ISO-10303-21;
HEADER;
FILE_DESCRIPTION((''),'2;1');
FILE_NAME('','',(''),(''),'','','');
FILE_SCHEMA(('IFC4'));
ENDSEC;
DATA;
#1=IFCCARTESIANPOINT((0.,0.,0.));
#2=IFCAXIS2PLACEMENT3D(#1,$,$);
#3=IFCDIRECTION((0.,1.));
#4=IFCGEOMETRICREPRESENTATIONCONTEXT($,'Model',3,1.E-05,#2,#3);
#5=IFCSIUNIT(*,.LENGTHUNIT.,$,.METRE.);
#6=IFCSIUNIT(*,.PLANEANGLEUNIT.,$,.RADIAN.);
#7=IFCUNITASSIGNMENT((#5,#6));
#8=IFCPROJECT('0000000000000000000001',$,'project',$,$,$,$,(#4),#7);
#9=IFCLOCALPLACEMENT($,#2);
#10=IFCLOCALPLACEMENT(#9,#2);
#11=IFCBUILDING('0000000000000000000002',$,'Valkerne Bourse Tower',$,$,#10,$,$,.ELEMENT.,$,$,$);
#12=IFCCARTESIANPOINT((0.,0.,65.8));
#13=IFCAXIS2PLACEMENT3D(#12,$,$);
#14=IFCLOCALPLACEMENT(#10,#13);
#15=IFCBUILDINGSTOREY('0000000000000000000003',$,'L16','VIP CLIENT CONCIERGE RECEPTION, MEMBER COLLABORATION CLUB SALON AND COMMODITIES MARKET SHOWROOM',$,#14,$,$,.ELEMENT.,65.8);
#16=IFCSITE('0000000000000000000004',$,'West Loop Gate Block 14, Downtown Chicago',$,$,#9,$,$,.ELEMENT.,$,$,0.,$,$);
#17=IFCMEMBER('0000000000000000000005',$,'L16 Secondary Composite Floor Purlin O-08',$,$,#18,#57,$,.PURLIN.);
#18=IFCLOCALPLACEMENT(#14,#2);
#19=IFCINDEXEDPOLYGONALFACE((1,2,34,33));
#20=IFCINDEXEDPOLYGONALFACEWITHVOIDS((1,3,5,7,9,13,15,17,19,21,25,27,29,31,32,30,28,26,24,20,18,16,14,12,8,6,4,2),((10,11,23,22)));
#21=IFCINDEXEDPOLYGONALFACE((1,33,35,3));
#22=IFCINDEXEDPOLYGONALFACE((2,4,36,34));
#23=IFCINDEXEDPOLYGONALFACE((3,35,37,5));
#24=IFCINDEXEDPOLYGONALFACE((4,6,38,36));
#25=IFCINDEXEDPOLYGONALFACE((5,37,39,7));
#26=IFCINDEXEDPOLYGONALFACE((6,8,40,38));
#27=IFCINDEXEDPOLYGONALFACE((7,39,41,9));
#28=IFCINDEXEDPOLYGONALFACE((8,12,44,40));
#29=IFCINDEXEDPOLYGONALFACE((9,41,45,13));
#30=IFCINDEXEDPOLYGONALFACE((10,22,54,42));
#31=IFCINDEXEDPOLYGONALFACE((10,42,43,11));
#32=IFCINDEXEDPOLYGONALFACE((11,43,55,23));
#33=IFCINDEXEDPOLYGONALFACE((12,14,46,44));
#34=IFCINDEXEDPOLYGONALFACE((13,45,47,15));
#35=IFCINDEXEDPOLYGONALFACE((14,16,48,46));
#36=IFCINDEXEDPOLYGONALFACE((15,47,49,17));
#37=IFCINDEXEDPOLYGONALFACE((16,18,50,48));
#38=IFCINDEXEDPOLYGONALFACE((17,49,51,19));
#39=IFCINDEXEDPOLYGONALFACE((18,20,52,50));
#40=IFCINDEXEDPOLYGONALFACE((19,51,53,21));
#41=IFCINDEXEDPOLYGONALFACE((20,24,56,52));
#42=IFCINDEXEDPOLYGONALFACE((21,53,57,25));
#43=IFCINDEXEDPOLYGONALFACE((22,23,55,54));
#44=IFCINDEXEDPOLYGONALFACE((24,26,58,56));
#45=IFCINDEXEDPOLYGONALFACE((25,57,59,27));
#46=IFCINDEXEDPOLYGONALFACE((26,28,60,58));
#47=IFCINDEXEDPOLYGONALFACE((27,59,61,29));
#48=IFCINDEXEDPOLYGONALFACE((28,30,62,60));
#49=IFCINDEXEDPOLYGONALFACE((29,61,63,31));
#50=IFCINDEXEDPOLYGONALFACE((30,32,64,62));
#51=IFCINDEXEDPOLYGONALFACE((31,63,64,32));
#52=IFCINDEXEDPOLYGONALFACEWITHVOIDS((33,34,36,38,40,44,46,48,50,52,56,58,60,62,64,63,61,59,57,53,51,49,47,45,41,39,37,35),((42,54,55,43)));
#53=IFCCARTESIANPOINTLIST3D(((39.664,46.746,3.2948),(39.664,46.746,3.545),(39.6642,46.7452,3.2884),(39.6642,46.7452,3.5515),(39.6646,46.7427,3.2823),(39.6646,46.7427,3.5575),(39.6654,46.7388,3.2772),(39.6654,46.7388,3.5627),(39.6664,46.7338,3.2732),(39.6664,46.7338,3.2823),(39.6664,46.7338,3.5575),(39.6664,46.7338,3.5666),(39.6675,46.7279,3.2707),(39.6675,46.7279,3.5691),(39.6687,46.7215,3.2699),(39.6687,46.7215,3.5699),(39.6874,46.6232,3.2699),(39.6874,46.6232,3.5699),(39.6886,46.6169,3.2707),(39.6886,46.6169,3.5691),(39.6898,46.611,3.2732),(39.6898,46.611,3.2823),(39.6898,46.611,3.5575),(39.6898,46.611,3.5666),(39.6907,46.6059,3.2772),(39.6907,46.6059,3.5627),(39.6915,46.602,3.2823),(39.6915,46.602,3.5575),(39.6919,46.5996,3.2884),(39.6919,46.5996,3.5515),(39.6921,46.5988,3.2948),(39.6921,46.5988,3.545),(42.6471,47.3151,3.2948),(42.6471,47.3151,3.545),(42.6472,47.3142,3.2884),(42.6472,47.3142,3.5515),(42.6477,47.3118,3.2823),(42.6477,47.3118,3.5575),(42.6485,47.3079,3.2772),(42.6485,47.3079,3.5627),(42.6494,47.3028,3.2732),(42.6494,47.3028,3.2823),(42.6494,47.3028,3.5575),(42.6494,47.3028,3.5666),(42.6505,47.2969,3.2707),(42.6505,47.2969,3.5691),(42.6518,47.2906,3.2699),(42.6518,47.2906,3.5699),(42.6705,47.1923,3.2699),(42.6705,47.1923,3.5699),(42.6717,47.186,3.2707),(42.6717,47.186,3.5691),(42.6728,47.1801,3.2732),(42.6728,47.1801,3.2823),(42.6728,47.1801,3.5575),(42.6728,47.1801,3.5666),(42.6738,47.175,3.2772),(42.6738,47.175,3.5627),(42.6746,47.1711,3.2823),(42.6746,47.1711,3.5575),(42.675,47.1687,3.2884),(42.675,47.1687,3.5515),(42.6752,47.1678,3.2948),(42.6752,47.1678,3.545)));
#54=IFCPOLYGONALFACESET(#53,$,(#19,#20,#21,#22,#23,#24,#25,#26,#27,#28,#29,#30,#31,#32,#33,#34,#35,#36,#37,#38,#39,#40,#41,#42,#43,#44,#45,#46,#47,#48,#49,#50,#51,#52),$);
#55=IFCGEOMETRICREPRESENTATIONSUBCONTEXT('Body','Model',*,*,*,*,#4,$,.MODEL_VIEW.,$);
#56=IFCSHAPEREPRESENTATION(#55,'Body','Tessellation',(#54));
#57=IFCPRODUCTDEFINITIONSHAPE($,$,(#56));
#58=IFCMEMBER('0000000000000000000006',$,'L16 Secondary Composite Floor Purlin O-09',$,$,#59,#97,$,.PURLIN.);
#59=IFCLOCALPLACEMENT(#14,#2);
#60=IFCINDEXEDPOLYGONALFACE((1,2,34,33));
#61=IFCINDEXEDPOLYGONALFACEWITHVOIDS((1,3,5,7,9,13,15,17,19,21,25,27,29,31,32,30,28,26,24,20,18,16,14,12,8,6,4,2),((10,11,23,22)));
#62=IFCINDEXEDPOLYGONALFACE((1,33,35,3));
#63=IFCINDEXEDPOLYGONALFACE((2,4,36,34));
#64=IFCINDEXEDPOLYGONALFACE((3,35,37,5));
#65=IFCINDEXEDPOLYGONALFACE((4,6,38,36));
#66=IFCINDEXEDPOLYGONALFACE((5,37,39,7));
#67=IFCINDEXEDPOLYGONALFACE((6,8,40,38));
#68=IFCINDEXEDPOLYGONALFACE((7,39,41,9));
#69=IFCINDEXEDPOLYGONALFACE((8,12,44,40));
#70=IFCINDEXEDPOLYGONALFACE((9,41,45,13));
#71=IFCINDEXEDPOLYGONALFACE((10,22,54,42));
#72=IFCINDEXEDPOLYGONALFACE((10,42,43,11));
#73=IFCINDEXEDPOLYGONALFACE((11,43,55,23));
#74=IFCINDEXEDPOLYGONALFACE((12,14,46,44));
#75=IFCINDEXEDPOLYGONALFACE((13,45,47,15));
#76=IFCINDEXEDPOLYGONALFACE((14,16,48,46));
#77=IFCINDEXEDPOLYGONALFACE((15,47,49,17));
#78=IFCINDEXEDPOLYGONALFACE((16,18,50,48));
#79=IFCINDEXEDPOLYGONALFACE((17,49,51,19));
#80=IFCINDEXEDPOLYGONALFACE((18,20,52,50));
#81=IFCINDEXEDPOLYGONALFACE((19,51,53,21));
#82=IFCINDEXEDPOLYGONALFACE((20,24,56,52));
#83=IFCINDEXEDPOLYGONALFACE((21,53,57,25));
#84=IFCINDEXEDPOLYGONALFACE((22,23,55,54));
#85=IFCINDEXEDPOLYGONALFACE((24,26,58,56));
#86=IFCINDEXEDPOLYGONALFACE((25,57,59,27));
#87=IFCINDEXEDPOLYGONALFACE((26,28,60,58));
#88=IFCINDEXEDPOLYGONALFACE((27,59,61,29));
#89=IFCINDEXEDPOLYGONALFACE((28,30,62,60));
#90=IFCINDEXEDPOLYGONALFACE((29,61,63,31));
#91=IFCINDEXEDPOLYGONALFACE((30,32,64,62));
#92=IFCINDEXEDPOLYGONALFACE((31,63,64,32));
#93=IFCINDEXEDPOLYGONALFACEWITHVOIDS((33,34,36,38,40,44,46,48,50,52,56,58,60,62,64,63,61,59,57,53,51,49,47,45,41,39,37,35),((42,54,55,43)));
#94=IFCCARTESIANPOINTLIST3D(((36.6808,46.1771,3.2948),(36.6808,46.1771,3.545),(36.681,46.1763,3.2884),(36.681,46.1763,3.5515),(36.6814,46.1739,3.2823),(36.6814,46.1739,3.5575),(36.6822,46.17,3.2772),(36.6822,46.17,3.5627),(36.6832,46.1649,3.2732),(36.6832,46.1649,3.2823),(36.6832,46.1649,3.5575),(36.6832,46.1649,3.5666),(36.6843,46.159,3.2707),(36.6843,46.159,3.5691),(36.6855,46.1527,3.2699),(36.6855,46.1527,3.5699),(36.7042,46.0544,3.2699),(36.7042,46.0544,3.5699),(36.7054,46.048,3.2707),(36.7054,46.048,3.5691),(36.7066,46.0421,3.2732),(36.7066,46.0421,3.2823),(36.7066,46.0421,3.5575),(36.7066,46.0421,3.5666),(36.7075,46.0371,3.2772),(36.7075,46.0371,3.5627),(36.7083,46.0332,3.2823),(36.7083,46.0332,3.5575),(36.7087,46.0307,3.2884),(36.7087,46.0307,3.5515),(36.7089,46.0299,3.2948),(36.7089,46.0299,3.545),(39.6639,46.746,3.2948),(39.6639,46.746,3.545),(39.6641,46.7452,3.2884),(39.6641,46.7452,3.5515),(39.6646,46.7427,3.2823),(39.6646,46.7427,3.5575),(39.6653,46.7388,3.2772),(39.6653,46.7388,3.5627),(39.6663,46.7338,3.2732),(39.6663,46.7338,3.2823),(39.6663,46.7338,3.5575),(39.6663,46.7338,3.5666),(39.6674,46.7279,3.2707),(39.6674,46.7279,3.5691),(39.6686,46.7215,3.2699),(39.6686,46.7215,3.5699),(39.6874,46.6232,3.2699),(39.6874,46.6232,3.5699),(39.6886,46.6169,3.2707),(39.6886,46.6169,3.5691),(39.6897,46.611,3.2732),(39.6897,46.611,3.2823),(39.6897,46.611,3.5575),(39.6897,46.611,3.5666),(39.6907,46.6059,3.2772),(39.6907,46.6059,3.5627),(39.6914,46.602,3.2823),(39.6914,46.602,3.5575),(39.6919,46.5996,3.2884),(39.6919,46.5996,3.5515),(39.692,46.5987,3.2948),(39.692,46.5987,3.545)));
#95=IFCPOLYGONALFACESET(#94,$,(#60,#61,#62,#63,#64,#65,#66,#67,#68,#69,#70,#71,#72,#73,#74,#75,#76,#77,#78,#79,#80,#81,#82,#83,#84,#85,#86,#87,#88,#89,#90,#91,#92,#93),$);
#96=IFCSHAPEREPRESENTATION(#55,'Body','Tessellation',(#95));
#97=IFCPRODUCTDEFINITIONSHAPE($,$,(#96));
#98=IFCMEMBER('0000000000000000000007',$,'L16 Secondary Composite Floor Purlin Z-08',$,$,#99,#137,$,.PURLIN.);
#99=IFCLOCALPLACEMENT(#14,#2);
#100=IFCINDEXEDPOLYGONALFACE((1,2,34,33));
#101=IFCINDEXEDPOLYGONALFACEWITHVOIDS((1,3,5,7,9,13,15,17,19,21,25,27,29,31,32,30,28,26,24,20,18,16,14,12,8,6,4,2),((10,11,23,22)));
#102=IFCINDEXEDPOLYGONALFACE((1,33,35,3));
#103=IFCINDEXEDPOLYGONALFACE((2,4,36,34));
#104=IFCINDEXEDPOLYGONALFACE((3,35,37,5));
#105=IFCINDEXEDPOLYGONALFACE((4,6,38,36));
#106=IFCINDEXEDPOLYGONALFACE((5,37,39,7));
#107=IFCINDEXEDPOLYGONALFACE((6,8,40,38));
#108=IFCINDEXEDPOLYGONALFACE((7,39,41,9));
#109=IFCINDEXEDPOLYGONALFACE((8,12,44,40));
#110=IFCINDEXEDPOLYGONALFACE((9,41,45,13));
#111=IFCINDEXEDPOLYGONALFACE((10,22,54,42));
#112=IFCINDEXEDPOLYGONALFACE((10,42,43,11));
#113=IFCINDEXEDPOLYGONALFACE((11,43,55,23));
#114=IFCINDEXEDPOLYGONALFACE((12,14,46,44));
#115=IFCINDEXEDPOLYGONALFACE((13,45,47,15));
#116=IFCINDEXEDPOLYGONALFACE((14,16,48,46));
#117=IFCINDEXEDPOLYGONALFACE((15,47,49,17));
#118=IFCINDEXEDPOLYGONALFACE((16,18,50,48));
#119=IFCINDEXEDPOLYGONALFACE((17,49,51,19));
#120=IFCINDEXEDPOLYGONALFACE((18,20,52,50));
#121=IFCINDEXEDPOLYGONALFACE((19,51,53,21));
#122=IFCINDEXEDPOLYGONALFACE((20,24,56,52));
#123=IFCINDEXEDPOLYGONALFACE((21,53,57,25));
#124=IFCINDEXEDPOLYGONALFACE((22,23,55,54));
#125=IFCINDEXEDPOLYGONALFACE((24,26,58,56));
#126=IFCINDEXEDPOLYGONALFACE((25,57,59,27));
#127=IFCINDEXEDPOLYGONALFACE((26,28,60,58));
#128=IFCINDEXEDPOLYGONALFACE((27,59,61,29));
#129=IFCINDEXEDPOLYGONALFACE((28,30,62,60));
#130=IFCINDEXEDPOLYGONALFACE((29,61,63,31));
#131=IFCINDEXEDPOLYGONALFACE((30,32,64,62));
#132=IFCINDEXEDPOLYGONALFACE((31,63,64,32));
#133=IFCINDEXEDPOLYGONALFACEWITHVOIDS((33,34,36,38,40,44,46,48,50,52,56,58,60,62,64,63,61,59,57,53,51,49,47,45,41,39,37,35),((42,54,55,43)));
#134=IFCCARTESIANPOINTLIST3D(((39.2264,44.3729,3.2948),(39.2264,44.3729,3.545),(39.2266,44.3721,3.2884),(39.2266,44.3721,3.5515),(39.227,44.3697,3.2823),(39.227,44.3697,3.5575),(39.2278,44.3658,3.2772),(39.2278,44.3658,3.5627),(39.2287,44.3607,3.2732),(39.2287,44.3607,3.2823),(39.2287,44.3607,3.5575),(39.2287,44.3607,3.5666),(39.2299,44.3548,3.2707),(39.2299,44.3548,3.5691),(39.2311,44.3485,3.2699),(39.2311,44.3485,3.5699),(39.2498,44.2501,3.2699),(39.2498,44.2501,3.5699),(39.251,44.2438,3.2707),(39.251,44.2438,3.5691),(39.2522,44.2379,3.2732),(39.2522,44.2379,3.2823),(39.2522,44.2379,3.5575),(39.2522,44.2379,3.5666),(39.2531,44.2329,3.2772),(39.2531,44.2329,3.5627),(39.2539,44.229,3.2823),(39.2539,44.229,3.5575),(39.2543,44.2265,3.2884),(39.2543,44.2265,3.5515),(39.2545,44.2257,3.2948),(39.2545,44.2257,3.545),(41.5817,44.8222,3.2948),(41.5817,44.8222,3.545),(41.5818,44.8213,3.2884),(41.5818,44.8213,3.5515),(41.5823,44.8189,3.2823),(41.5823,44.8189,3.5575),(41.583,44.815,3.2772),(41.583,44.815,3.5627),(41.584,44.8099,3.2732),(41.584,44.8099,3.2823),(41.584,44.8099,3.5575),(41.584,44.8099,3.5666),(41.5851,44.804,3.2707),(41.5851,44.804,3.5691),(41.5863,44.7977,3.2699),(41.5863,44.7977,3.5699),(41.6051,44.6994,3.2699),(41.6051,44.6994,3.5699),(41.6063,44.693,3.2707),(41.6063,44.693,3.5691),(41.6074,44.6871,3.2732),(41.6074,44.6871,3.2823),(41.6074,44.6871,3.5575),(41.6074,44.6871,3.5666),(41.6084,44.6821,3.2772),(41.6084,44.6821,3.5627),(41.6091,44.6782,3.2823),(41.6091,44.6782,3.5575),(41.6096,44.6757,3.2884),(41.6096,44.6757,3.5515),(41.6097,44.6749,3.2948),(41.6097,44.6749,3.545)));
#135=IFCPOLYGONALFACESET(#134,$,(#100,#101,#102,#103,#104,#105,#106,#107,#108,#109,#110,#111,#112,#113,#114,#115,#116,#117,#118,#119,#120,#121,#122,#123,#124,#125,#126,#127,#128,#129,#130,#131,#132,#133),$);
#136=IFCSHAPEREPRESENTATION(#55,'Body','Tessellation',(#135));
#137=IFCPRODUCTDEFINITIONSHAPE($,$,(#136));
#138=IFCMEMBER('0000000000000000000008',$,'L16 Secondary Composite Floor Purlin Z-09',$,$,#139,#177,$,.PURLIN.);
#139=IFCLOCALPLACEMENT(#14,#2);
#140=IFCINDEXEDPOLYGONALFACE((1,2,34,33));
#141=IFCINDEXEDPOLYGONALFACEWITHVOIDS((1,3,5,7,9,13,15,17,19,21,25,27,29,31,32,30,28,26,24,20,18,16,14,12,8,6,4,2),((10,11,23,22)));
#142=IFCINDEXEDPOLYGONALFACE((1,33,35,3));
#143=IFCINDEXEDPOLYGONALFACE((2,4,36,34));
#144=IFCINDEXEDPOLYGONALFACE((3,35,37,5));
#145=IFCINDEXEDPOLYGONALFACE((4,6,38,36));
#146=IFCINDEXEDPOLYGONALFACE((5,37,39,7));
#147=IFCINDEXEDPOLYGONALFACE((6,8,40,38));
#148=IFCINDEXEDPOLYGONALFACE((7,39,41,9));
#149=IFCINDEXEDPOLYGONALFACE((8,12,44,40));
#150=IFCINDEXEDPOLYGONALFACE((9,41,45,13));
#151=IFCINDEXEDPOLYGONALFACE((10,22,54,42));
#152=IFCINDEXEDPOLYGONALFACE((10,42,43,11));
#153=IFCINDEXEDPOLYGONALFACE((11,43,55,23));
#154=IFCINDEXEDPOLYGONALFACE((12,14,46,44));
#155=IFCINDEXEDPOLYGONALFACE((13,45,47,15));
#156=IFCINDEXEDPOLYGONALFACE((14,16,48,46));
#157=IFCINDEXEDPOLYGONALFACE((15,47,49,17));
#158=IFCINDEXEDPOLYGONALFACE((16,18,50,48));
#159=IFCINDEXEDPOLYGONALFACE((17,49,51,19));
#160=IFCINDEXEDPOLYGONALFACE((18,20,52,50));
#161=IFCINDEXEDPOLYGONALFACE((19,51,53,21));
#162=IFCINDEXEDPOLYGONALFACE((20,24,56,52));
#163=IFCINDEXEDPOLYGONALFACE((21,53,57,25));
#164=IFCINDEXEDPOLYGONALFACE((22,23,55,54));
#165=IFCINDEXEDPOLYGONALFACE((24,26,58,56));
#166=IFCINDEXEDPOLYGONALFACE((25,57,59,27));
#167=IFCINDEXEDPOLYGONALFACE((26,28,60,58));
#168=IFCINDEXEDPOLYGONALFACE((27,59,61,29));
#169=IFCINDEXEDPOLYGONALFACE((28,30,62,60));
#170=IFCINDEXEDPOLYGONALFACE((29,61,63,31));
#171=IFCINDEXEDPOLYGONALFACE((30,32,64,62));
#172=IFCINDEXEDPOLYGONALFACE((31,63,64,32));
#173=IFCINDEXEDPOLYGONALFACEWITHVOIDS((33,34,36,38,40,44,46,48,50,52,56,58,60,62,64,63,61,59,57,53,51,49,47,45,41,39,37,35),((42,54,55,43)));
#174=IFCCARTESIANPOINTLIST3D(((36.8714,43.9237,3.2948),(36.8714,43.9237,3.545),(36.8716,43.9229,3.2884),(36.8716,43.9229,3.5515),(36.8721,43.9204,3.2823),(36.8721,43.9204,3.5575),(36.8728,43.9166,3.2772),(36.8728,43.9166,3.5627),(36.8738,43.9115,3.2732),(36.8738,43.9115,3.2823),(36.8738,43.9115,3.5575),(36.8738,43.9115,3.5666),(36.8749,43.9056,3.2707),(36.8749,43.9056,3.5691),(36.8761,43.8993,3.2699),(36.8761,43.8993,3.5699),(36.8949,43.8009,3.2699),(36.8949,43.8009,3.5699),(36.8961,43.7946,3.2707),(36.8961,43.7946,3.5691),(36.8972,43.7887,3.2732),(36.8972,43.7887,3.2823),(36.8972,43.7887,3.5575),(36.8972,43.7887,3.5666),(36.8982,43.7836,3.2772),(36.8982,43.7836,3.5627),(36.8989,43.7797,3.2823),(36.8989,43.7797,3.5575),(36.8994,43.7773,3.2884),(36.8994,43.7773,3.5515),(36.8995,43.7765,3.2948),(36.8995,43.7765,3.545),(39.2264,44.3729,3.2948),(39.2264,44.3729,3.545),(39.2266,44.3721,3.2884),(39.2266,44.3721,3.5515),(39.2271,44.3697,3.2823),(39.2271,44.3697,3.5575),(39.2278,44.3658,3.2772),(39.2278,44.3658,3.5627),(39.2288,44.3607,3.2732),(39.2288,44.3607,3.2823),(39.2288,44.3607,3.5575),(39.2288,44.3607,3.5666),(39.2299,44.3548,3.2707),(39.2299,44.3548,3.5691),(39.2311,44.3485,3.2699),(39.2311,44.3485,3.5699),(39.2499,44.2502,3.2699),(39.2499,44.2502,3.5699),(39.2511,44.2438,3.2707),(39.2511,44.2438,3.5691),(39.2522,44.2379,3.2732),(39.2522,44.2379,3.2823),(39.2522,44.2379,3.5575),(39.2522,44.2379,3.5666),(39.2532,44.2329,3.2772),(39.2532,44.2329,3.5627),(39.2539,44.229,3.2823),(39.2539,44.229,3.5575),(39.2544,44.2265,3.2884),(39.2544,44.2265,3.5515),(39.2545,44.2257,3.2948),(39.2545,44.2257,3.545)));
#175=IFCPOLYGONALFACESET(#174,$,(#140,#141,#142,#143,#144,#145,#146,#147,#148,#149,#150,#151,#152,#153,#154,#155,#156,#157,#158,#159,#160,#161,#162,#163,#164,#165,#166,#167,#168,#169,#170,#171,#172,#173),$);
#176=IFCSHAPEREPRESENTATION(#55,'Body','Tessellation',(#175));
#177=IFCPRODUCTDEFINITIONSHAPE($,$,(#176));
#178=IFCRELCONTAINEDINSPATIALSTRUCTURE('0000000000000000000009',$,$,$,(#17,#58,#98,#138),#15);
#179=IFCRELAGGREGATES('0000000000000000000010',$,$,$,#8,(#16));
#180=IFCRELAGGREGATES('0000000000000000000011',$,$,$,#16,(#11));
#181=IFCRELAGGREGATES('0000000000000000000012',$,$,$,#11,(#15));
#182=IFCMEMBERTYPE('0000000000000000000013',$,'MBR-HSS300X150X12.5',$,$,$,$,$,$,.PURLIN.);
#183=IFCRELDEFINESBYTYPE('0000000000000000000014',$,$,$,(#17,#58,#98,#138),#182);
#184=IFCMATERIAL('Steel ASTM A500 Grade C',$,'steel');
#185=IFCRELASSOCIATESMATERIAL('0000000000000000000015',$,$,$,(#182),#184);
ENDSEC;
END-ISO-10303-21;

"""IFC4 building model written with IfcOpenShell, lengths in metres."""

from ifc_helpers import new_model, si_unit, direction, frame, origin, origin_2d, place, context, subcontext, project, spatial, hollow_rectangle, extrude, material, material_profile, profile_set, type_object, element, save


model = new_model("IFC4")

# Units and contexts
model_context = context("Model", 3, precision=1e-05, world=origin(), true_north=direction((0.0, 1.0)))
body_context = subcontext(model_context, "Body", "Model", "MODEL_VIEW")
ifc_project = project(units=[si_unit("LENGTHUNIT", "METRE"), si_unit("PLANEANGLEUNIT", "RADIAN")], contexts=[model_context])

# Site, building, storey
site_placement = place(None, origin())
site = spatial("IfcSite", under=ifc_project, at=site_placement, Name="West Loop Gate Block 14, Downtown Chicago", CompositionType="ELEMENT", RefElevation=0.0)
building_placement = place(site_placement, origin())
building = spatial("IfcBuilding", under=site, at=building_placement, Name="Valkerne Bourse Tower", CompositionType="ELEMENT")
storey_placement = place(building_placement, frame((0.0, 0.0, 65.8)))
storey = spatial("IfcBuildingStorey", under=building, at=storey_placement, Name="L16", Description="VIP CLIENT CONCIERGE RECEPTION, MEMBER COLLABORATION CLUB SALON AND COMMODITIES MARKET SHOWROOM", CompositionType="ELEMENT", Elevation=65.8)

# Members
ifc_material_1 = material(Name="Steel ASTM A500 Grade C", Category="steel")
ifc_material_profile_1 = material_profile(ifc_material_1, hollow_rectangle(XDim=0.1499, YDim=0.3, WallThickness=0.0125, OuterFilletRadius=0.0249, at=origin_2d()), Name="HSS300X150X12.5")
ifc_profile_set_1 = profile_set([ifc_material_profile_1], Name="Steel ASTM A500 Grade C")
member_type_1 = type_object("IfcMemberType", Name="MBR-HSS300X150X12.5", PredefinedType="PURLIN", material=ifc_profile_set_1)
for number, where, z_axis, x_axis, name in (
    (1, (42.6611, 47.2415, 3.4199), (-0.982286, -0.187389, 0.0), (0.187389, -0.982286, 0.0), "L16 Secondary Composite Floor Purlin O-08"),
    (2, (39.678, 46.6724, 3.4199), (-0.982301, -0.187312, 0.0), (0.187312, -0.982301, 0.0), "L16 Secondary Composite Floor Purlin O-09"),
):
    element("IfcMember", number, at=place(storey_placement, frame(where, z_axis=z_axis, x_axis=x_axis)), inside=storey, type_object=member_type_1, Name=name, PredefinedType="PURLIN", context=body_context, shape_type="SweptSolid", body=[
        extrude(hollow_rectangle(XDim=0.1499, YDim=0.3, WallThickness=0.0125, OuterFilletRadius=0.0249, at=origin_2d()), origin(), (0.0, 0.0, 1.0), 3.0369),
    ])
member_1_placement = place(storey_placement, frame((41.5957, 44.7485, 3.4199), z_axis=(-0.982292, -0.187355, 0.0), x_axis=(0.187355, -0.982292, 0.0)))
element("IfcMember", 3, at=member_1_placement, inside=storey, type_object=member_type_1, Name="L16 Secondary Composite Floor Purlin Z-08", PredefinedType="PURLIN", context=body_context, shape_type="SweptSolid", body=[
    extrude(hollow_rectangle(XDim=0.1499, YDim=0.3, WallThickness=0.0125, OuterFilletRadius=0.0249, at=origin_2d()), origin(), (0.0, 0.0, 1.0), 2.3977),
])
member_2_placement = place(storey_placement, frame((39.2405, 44.2993, 3.4199), z_axis=(-0.982289, -0.187374, 0.0), x_axis=(0.187374, -0.982289, 0.0)))
element("IfcMember", 4, at=member_2_placement, inside=storey, type_object=member_type_1, Name="L16 Secondary Composite Floor Purlin Z-09", PredefinedType="PURLIN", context=body_context, shape_type="SweptSolid", body=[
    extrude(hollow_rectangle(XDim=0.1499, YDim=0.3, WallThickness=0.0125, OuterFilletRadius=0.0249, at=origin_2d()), origin(), (0.0, 0.0, 1.0), 2.3975),
])

save(model, "model.ifc")
